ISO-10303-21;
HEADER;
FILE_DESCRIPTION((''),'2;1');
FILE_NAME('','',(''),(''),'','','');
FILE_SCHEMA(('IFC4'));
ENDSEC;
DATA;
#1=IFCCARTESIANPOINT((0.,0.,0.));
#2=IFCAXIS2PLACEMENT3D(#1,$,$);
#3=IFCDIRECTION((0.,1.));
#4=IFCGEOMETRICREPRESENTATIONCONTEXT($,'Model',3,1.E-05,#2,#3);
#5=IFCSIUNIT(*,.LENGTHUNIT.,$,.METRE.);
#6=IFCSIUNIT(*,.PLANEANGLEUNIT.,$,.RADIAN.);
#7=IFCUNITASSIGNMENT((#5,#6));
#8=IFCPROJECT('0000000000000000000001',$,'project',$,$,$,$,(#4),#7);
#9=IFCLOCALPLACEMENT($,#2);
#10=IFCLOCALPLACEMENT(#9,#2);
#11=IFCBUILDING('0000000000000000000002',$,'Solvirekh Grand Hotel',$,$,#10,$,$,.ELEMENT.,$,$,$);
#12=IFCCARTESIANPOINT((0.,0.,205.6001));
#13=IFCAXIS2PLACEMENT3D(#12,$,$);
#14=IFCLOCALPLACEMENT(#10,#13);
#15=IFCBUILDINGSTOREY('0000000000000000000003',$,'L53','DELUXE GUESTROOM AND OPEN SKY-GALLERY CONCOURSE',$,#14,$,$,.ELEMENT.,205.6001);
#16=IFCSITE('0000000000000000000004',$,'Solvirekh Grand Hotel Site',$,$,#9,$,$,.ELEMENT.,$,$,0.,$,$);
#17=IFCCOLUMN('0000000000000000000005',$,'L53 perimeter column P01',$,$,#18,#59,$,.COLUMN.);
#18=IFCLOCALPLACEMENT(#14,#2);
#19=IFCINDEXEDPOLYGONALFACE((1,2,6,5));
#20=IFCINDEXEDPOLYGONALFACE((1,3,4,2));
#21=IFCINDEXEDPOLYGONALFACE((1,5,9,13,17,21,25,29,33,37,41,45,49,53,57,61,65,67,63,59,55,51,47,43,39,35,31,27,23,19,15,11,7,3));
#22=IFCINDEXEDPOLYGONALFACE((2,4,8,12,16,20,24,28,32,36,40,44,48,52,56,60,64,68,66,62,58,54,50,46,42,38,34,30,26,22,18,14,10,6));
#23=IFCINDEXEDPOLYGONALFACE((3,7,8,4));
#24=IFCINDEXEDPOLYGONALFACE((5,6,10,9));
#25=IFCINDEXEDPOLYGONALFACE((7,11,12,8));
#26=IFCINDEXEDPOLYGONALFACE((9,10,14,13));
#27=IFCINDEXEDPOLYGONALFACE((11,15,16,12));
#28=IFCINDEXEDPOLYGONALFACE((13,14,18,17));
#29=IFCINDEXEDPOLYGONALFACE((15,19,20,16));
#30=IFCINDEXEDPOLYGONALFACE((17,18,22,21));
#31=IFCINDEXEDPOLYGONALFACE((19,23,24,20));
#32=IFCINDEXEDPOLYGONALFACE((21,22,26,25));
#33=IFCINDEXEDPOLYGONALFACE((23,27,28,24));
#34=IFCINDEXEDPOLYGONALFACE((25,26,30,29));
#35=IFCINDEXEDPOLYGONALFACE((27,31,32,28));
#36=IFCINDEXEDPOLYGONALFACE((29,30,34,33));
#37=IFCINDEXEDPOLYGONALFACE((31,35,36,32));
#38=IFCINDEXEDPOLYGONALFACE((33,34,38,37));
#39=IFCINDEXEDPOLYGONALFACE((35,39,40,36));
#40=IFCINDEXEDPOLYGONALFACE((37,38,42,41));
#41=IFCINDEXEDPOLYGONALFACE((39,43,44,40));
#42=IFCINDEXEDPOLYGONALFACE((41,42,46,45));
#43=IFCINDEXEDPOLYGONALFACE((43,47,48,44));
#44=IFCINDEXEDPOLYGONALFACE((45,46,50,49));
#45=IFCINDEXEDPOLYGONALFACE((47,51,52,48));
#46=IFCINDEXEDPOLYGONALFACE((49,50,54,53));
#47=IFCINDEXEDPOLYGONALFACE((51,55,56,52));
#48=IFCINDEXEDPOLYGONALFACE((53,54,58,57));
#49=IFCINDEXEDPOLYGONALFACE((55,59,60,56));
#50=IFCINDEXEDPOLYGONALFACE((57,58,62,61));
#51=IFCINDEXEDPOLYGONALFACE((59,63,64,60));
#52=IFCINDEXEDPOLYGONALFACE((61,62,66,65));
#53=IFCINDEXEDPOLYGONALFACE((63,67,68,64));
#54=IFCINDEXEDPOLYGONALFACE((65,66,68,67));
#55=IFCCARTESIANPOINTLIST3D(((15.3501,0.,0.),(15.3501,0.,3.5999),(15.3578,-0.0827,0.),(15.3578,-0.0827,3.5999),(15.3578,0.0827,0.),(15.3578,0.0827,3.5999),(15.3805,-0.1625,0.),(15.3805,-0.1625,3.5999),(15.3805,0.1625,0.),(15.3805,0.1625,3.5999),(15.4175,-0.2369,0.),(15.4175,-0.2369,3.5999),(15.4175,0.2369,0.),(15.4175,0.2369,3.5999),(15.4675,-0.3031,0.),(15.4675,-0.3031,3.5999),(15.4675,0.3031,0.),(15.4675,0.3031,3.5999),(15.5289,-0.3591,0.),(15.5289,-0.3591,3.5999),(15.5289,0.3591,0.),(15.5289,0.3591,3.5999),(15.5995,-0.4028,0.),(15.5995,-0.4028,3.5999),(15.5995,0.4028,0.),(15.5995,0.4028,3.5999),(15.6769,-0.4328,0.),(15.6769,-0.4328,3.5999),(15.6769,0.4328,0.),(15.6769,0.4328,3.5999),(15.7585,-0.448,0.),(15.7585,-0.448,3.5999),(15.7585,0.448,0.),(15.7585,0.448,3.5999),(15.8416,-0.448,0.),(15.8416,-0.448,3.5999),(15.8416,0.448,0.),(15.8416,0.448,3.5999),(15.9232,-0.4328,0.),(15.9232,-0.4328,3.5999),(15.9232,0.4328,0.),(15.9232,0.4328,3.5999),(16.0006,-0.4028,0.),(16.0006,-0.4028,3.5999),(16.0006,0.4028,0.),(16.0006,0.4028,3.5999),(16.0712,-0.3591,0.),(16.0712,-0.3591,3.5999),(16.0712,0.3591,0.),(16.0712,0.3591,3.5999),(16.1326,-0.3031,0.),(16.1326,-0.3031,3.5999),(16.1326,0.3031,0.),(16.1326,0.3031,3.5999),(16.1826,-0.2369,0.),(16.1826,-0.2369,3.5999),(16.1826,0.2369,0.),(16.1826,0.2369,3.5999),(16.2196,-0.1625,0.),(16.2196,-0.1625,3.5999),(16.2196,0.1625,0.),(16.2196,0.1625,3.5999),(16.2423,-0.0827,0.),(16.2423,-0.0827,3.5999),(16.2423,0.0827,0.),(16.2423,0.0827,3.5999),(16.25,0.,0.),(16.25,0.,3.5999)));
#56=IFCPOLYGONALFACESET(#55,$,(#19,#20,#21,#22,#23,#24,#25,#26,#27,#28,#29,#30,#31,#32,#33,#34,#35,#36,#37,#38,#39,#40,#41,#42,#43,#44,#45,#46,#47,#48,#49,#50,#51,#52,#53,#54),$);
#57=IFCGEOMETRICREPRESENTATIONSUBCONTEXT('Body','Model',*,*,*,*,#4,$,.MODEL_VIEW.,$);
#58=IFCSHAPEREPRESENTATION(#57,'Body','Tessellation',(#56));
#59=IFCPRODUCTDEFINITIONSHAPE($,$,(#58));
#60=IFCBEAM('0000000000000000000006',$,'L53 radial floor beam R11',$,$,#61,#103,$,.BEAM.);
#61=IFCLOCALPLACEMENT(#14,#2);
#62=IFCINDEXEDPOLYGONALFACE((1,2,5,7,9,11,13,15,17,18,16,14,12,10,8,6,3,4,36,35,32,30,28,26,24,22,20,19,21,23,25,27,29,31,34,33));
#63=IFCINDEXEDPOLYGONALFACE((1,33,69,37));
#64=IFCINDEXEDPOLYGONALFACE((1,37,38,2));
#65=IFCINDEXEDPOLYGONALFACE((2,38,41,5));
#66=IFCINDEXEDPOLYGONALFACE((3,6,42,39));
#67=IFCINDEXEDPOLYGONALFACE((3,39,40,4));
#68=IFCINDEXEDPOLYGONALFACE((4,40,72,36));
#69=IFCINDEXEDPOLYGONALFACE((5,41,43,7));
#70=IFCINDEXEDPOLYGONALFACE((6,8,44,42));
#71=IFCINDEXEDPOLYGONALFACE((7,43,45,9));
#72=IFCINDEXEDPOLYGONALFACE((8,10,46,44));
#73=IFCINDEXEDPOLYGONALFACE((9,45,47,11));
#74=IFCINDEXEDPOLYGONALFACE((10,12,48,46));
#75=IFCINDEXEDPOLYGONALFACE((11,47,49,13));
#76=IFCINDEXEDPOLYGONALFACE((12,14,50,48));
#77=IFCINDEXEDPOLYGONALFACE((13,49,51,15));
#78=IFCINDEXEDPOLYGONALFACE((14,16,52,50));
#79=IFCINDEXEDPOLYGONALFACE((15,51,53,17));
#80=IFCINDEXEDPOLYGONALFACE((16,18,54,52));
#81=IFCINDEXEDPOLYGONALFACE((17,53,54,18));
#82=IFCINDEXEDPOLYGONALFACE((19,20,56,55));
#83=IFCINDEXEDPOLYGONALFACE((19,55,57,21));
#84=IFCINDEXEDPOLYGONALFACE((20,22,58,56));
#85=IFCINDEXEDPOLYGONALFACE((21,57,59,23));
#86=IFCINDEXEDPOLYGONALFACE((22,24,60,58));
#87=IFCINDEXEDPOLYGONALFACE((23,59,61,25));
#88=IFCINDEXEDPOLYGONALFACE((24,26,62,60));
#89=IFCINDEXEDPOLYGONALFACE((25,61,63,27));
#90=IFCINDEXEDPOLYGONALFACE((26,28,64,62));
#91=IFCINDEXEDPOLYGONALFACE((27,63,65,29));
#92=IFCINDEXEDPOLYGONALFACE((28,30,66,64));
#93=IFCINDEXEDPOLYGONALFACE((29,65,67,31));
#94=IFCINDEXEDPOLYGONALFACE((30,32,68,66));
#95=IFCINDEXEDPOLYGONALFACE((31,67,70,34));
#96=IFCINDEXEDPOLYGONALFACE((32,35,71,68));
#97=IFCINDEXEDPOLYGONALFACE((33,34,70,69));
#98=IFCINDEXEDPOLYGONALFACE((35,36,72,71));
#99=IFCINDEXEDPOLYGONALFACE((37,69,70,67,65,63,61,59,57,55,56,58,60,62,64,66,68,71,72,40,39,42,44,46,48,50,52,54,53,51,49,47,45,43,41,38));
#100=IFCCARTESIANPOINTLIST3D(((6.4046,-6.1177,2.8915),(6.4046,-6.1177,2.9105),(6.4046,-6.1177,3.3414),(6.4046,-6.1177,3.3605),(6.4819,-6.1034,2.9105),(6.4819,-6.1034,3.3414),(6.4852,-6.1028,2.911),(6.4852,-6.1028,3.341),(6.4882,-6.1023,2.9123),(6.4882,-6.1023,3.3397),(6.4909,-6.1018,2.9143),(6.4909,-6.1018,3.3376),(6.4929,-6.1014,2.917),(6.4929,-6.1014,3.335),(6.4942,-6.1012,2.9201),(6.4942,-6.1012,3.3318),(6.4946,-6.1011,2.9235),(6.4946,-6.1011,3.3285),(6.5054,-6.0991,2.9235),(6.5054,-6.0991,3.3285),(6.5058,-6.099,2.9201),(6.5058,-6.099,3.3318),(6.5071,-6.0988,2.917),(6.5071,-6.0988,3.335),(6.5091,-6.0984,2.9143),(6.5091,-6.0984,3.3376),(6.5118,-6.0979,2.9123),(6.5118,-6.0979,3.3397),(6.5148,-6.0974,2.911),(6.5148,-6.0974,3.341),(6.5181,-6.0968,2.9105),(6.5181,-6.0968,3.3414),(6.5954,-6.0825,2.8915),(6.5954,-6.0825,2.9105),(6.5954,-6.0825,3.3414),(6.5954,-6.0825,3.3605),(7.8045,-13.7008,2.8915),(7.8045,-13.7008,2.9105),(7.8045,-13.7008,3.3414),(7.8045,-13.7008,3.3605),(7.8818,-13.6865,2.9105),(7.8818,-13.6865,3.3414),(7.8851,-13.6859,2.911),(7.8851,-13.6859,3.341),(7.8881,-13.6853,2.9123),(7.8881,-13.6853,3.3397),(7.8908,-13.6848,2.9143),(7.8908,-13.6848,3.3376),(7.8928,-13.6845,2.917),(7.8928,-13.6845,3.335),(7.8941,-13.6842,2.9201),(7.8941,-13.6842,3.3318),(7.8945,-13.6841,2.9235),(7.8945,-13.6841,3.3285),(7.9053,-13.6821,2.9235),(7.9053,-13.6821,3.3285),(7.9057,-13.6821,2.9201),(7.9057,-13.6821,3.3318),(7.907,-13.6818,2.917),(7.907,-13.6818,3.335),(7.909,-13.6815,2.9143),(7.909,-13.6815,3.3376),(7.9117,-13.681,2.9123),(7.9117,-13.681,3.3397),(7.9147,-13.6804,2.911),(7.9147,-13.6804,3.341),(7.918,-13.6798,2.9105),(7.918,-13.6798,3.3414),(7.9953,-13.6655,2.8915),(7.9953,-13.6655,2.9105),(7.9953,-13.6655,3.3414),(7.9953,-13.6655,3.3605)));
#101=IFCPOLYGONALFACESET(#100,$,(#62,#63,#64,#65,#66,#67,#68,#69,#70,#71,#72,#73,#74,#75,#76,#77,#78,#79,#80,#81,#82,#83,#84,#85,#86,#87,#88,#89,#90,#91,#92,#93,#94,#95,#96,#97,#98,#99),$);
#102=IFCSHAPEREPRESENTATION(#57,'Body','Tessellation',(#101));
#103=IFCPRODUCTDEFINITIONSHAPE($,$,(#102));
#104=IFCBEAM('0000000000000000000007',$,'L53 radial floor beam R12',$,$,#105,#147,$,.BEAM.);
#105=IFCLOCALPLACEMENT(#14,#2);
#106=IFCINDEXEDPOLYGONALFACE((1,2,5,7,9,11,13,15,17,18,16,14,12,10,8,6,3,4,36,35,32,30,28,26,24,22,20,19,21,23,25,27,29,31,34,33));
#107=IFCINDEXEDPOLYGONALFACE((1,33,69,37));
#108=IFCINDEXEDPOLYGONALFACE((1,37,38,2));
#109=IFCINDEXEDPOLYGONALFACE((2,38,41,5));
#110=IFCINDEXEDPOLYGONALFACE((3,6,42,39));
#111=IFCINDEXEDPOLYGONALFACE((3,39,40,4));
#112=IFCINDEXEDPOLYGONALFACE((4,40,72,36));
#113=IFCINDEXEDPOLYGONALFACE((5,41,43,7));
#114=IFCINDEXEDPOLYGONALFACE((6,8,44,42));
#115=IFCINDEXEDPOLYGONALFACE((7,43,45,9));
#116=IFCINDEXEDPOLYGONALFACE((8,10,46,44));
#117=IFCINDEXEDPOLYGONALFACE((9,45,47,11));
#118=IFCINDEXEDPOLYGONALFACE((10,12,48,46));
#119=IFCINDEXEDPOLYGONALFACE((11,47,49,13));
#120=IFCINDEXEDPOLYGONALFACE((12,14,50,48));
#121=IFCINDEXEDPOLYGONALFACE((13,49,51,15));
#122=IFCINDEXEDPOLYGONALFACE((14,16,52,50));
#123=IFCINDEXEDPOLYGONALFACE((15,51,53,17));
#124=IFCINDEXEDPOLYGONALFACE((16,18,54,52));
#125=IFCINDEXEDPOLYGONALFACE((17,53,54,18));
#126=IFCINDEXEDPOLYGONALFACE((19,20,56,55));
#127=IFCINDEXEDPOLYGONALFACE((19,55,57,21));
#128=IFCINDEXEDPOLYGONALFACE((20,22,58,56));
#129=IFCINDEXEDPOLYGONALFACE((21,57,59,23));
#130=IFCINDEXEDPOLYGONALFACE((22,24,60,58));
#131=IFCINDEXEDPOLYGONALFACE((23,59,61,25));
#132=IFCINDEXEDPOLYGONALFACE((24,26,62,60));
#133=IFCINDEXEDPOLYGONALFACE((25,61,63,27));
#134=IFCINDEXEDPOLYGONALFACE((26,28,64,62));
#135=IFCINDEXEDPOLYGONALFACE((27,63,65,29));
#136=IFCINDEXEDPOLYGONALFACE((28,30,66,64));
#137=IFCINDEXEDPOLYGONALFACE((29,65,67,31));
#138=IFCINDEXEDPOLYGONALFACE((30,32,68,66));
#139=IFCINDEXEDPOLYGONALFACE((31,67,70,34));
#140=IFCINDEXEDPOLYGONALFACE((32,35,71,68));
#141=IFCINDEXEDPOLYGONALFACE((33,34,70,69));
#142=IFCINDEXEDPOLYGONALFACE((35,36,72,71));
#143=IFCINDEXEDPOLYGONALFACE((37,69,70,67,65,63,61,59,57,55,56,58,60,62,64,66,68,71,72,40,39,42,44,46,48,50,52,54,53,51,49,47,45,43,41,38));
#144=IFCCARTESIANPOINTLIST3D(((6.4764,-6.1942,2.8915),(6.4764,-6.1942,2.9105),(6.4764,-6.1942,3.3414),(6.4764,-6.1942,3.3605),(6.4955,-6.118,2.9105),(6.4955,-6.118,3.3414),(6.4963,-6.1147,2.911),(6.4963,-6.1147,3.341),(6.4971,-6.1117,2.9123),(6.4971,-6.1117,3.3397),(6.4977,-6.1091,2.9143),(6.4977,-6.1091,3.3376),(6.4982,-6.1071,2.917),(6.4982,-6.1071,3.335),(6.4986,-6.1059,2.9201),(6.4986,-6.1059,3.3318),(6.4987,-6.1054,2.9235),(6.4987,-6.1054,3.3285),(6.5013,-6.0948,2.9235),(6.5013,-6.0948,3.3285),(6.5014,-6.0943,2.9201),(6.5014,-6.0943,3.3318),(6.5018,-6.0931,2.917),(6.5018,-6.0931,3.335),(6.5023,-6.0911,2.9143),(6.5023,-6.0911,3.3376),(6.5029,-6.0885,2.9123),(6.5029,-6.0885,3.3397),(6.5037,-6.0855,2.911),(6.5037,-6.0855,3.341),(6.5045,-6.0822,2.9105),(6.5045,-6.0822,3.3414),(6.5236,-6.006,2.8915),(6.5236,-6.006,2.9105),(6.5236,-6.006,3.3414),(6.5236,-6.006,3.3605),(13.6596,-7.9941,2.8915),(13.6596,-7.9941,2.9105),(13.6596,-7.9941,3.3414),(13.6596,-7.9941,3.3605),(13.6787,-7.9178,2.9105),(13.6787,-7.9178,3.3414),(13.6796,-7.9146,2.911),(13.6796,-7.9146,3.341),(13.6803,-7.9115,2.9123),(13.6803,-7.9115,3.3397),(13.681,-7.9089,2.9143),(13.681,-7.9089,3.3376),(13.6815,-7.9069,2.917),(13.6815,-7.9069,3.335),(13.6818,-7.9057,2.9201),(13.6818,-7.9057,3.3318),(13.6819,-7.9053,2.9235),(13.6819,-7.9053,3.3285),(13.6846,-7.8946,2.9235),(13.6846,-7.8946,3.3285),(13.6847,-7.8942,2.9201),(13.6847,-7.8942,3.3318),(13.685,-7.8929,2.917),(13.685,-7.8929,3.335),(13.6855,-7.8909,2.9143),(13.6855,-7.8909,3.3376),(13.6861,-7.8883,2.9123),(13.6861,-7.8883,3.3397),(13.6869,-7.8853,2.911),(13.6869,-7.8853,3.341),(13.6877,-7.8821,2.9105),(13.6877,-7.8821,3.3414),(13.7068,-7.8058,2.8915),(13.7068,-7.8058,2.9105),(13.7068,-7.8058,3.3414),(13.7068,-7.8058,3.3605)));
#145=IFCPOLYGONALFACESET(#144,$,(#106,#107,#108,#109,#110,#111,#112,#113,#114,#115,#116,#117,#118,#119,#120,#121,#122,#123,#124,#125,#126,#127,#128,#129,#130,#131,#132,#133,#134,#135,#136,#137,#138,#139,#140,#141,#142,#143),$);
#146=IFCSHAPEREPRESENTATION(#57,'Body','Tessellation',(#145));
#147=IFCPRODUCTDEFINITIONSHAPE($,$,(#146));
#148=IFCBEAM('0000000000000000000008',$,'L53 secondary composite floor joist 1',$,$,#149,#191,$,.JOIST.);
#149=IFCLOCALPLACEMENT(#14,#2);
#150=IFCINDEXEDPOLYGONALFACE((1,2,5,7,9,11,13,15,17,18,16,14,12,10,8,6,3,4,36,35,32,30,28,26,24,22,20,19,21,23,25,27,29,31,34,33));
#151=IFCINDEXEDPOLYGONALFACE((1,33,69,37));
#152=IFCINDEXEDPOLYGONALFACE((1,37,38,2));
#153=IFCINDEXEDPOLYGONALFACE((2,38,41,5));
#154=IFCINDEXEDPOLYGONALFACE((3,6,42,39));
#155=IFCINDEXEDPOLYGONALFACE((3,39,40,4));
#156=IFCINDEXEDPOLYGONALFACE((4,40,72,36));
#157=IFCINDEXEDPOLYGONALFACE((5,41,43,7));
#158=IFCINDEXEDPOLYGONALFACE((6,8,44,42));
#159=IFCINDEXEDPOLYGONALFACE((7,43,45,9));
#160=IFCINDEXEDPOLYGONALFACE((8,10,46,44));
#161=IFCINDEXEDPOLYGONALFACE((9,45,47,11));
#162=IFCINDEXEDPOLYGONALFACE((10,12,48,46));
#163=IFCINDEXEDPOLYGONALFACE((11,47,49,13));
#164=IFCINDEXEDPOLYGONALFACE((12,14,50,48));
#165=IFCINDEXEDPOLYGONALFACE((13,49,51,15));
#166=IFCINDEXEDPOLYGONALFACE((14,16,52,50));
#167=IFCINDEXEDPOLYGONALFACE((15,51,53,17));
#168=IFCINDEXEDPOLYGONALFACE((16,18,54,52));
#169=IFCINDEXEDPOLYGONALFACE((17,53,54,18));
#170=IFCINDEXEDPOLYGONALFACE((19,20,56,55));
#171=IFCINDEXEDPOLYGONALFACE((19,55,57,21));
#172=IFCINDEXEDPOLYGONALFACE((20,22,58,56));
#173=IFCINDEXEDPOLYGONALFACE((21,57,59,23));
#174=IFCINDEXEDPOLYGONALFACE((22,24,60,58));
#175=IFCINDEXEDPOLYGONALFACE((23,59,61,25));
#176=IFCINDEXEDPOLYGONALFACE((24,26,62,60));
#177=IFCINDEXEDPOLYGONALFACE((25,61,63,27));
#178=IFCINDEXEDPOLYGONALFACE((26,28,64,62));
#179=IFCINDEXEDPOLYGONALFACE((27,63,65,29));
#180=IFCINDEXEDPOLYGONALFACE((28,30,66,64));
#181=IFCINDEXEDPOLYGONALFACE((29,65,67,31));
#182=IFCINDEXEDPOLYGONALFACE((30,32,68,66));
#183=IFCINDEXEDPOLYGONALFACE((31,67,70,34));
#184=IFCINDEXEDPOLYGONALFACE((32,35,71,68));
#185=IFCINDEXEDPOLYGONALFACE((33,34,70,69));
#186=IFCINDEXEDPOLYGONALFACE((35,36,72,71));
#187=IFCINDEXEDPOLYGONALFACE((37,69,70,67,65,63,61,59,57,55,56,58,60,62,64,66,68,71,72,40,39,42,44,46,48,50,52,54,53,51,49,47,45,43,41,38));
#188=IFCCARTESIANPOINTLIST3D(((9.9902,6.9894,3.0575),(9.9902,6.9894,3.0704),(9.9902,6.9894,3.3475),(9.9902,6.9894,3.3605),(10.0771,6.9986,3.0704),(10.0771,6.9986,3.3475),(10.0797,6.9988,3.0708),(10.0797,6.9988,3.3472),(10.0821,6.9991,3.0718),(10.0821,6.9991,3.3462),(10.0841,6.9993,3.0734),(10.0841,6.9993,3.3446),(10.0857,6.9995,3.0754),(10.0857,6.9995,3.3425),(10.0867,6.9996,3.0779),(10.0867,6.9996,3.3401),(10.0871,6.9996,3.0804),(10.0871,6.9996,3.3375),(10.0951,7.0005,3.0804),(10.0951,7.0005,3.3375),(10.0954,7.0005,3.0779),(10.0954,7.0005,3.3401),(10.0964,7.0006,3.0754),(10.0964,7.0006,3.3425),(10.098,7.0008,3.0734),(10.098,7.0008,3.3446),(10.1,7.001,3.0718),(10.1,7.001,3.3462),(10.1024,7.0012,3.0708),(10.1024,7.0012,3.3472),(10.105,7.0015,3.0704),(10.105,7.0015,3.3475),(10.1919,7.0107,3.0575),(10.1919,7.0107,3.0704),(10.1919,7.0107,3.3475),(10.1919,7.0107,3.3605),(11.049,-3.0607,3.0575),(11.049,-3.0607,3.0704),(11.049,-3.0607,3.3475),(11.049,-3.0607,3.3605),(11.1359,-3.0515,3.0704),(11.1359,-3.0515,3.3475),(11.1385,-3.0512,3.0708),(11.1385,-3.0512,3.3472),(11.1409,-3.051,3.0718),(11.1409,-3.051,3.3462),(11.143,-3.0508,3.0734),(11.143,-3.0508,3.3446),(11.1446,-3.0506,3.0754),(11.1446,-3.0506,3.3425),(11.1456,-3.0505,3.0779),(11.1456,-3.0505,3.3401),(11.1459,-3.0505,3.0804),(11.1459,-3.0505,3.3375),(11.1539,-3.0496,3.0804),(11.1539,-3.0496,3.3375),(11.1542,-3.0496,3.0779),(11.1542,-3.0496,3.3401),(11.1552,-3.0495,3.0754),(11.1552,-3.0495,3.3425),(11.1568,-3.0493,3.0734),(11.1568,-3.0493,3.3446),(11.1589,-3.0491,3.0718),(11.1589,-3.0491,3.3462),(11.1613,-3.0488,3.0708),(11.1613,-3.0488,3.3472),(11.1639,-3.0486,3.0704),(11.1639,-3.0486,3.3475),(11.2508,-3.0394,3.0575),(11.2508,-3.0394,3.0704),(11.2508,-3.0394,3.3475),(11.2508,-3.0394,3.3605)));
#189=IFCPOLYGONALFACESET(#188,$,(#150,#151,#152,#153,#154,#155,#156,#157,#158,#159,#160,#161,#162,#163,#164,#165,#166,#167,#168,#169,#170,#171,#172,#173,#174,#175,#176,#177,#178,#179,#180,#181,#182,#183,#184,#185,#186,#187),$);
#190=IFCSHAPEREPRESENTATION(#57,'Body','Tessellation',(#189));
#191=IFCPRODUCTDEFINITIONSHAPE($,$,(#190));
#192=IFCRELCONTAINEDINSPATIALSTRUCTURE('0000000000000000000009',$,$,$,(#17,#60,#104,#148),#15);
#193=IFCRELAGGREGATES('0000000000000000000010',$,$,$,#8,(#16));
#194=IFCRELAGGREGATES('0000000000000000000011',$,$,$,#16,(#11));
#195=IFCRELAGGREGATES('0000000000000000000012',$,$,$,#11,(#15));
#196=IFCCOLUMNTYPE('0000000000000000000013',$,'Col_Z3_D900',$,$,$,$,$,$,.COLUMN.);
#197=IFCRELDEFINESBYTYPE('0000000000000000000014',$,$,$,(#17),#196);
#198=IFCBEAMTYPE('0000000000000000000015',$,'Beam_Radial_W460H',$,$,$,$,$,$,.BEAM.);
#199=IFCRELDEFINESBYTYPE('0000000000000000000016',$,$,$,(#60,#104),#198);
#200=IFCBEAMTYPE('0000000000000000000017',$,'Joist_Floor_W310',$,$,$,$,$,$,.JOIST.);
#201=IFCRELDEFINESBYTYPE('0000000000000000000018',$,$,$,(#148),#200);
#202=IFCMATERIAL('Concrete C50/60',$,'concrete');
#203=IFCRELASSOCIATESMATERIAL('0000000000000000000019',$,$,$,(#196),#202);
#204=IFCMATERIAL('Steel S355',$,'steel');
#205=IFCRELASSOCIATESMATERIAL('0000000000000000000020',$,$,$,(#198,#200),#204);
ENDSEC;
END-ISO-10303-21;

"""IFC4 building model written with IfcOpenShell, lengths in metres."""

from ifc_helpers import new_model, si_unit, direction, frame, origin, origin_2d, place, context, subcontext, project, spatial, circle, i_section, extrude, material, material_profile, profile_set, type_object, element, save


model = new_model("IFC4")

# Units and contexts
model_context = context("Model", 3, precision=1e-05, world=origin(), true_north=direction((0.0, 1.0)))
body_context = subcontext(model_context, "Body", "Model", "MODEL_VIEW")
ifc_project = project(units=[si_unit("LENGTHUNIT", "METRE"), si_unit("PLANEANGLEUNIT", "RADIAN")], contexts=[model_context])

# Site, building, storey
site_placement = place(None, origin())
site = spatial("IfcSite", under=ifc_project, at=site_placement, Name="Solvirekh Grand Hotel Site", CompositionType="ELEMENT", RefElevation=0.0)
building_placement = place(site_placement, origin())
building = spatial("IfcBuilding", under=site, at=building_placement, Name="Solvirekh Grand Hotel", CompositionType="ELEMENT")
storey_placement = place(building_placement, frame((0.0, 0.0, 205.6001)))
storey = spatial("IfcBuildingStorey", under=building, at=storey_placement, Name="L53", Description="DELUXE GUESTROOM AND OPEN SKY-GALLERY CONCOURSE", CompositionType="ELEMENT", Elevation=205.6001)

# Column
ifc_material_1 = material(Name="Concrete C50/60", Category="concrete")
ifc_material_profile_1 = material_profile(ifc_material_1, circle(Radius=0.45, at=origin_2d()), Name="RC CIRC D900")
ifc_profile_set_1 = profile_set([ifc_material_profile_1], Name="Concrete C50/60")
column_type = type_object("IfcColumnType", Name="Col_Z3_D900", PredefinedType="COLUMN", material=ifc_profile_set_1)
column_placement = place(storey_placement, frame((15.8, 0.0, 0.0), z_axis=(0.0, 0.0, 1.0), x_axis=(1.0, 0.0, 0.0)))
element("IfcColumn", 1, at=column_placement, inside=storey, type_object=column_type, Name="L53 perimeter column P01", PredefinedType="COLUMN", context=body_context, shape_type="SweptSolid", body=[
    extrude(circle(Radius=0.45, at=origin_2d()), origin(), (0.0, 0.0, 1.0), 3.5999),
])

# Beams
ifc_material_2 = material(Name="Steel S355", Category="steel")
ifc_material_profile_2 = material_profile(ifc_material_2, i_section(OverallWidth=0.1941, OverallDepth=0.469, WebThickness=0.011, FlangeThickness=0.019, FilletRadius=0.0129, at=origin_2d()), Name="W460X106")
ifc_profile_set_2 = profile_set([ifc_material_profile_2], Name="Steel S355")
beam_type_1 = type_object("IfcBeamType", Name="Beam_Radial_W460H", PredefinedType="BEAM", material=ifc_profile_set_2)
beam_1_placement = place(storey_placement, frame((6.5, -6.1001, 3.126), z_axis=(0.181543, -0.983383, 0.0), x_axis=(0.983383, 0.181543, 0.0)))
element("IfcBeam", 2, at=beam_1_placement, inside=storey, type_object=beam_type_1, Name="L53 radial floor beam R11", PredefinedType="BEAM", context=body_context, shape_type="SweptSolid", body=[
    extrude(i_section(OverallWidth=0.1941, OverallDepth=0.469, WebThickness=0.011, FlangeThickness=0.019, FilletRadius=0.0129, at=origin_2d()), origin(), (0.0, 0.0, 1.0), 7.7112),
])
beam_2_placement = place(storey_placement, frame((6.5, -6.1001, 3.126), z_axis=(0.970014, -0.243048, 0.0), x_axis=(0.243048, 0.970014, 0.0)))
element("IfcBeam", 3, at=beam_2_placement, inside=storey, type_object=beam_type_1, Name="L53 radial floor beam R12", PredefinedType="BEAM", context=body_context, shape_type="SweptSolid", body=[
    extrude(i_section(OverallWidth=0.1941, OverallDepth=0.469, WebThickness=0.011, FlangeThickness=0.019, FilletRadius=0.0129, at=origin_2d()), origin(), (0.0, 0.0, 1.0), 7.4053),
])
ifc_material_profile_3 = material_profile(ifc_material_2, i_section(OverallWidth=0.2029, OverallDepth=0.303, WebThickness=0.0081, FlangeThickness=0.0129, FilletRadius=0.01, at=origin_2d()), Name="W310X60")
ifc_profile_set_3 = profile_set([ifc_material_profile_3], Name="Steel S355")
beam_type_2 = type_object("IfcBeamType", Name="Joist_Floor_W310", PredefinedType="JOIST", material=ifc_profile_set_3)
beam_3_placement = place(storey_placement, frame((11.1499, -3.05, 3.209), z_axis=(-0.104777, 0.994496, 0.0), x_axis=(-0.994496, -0.104777, 0.0)))
element("IfcBeam", 4, at=beam_3_placement, inside=storey, type_object=beam_type_2, Name="L53 secondary composite floor joist 1", PredefinedType="JOIST", context=body_context, shape_type="SweptSolid", body=[
    extrude(i_section(OverallWidth=0.2029, OverallDepth=0.303, WebThickness=0.0081, FlangeThickness=0.0129, FilletRadius=0.01, at=origin_2d()), origin(), (0.0, 0.0, 1.0), 10.1057),
])

save(model, "model.ifc")
